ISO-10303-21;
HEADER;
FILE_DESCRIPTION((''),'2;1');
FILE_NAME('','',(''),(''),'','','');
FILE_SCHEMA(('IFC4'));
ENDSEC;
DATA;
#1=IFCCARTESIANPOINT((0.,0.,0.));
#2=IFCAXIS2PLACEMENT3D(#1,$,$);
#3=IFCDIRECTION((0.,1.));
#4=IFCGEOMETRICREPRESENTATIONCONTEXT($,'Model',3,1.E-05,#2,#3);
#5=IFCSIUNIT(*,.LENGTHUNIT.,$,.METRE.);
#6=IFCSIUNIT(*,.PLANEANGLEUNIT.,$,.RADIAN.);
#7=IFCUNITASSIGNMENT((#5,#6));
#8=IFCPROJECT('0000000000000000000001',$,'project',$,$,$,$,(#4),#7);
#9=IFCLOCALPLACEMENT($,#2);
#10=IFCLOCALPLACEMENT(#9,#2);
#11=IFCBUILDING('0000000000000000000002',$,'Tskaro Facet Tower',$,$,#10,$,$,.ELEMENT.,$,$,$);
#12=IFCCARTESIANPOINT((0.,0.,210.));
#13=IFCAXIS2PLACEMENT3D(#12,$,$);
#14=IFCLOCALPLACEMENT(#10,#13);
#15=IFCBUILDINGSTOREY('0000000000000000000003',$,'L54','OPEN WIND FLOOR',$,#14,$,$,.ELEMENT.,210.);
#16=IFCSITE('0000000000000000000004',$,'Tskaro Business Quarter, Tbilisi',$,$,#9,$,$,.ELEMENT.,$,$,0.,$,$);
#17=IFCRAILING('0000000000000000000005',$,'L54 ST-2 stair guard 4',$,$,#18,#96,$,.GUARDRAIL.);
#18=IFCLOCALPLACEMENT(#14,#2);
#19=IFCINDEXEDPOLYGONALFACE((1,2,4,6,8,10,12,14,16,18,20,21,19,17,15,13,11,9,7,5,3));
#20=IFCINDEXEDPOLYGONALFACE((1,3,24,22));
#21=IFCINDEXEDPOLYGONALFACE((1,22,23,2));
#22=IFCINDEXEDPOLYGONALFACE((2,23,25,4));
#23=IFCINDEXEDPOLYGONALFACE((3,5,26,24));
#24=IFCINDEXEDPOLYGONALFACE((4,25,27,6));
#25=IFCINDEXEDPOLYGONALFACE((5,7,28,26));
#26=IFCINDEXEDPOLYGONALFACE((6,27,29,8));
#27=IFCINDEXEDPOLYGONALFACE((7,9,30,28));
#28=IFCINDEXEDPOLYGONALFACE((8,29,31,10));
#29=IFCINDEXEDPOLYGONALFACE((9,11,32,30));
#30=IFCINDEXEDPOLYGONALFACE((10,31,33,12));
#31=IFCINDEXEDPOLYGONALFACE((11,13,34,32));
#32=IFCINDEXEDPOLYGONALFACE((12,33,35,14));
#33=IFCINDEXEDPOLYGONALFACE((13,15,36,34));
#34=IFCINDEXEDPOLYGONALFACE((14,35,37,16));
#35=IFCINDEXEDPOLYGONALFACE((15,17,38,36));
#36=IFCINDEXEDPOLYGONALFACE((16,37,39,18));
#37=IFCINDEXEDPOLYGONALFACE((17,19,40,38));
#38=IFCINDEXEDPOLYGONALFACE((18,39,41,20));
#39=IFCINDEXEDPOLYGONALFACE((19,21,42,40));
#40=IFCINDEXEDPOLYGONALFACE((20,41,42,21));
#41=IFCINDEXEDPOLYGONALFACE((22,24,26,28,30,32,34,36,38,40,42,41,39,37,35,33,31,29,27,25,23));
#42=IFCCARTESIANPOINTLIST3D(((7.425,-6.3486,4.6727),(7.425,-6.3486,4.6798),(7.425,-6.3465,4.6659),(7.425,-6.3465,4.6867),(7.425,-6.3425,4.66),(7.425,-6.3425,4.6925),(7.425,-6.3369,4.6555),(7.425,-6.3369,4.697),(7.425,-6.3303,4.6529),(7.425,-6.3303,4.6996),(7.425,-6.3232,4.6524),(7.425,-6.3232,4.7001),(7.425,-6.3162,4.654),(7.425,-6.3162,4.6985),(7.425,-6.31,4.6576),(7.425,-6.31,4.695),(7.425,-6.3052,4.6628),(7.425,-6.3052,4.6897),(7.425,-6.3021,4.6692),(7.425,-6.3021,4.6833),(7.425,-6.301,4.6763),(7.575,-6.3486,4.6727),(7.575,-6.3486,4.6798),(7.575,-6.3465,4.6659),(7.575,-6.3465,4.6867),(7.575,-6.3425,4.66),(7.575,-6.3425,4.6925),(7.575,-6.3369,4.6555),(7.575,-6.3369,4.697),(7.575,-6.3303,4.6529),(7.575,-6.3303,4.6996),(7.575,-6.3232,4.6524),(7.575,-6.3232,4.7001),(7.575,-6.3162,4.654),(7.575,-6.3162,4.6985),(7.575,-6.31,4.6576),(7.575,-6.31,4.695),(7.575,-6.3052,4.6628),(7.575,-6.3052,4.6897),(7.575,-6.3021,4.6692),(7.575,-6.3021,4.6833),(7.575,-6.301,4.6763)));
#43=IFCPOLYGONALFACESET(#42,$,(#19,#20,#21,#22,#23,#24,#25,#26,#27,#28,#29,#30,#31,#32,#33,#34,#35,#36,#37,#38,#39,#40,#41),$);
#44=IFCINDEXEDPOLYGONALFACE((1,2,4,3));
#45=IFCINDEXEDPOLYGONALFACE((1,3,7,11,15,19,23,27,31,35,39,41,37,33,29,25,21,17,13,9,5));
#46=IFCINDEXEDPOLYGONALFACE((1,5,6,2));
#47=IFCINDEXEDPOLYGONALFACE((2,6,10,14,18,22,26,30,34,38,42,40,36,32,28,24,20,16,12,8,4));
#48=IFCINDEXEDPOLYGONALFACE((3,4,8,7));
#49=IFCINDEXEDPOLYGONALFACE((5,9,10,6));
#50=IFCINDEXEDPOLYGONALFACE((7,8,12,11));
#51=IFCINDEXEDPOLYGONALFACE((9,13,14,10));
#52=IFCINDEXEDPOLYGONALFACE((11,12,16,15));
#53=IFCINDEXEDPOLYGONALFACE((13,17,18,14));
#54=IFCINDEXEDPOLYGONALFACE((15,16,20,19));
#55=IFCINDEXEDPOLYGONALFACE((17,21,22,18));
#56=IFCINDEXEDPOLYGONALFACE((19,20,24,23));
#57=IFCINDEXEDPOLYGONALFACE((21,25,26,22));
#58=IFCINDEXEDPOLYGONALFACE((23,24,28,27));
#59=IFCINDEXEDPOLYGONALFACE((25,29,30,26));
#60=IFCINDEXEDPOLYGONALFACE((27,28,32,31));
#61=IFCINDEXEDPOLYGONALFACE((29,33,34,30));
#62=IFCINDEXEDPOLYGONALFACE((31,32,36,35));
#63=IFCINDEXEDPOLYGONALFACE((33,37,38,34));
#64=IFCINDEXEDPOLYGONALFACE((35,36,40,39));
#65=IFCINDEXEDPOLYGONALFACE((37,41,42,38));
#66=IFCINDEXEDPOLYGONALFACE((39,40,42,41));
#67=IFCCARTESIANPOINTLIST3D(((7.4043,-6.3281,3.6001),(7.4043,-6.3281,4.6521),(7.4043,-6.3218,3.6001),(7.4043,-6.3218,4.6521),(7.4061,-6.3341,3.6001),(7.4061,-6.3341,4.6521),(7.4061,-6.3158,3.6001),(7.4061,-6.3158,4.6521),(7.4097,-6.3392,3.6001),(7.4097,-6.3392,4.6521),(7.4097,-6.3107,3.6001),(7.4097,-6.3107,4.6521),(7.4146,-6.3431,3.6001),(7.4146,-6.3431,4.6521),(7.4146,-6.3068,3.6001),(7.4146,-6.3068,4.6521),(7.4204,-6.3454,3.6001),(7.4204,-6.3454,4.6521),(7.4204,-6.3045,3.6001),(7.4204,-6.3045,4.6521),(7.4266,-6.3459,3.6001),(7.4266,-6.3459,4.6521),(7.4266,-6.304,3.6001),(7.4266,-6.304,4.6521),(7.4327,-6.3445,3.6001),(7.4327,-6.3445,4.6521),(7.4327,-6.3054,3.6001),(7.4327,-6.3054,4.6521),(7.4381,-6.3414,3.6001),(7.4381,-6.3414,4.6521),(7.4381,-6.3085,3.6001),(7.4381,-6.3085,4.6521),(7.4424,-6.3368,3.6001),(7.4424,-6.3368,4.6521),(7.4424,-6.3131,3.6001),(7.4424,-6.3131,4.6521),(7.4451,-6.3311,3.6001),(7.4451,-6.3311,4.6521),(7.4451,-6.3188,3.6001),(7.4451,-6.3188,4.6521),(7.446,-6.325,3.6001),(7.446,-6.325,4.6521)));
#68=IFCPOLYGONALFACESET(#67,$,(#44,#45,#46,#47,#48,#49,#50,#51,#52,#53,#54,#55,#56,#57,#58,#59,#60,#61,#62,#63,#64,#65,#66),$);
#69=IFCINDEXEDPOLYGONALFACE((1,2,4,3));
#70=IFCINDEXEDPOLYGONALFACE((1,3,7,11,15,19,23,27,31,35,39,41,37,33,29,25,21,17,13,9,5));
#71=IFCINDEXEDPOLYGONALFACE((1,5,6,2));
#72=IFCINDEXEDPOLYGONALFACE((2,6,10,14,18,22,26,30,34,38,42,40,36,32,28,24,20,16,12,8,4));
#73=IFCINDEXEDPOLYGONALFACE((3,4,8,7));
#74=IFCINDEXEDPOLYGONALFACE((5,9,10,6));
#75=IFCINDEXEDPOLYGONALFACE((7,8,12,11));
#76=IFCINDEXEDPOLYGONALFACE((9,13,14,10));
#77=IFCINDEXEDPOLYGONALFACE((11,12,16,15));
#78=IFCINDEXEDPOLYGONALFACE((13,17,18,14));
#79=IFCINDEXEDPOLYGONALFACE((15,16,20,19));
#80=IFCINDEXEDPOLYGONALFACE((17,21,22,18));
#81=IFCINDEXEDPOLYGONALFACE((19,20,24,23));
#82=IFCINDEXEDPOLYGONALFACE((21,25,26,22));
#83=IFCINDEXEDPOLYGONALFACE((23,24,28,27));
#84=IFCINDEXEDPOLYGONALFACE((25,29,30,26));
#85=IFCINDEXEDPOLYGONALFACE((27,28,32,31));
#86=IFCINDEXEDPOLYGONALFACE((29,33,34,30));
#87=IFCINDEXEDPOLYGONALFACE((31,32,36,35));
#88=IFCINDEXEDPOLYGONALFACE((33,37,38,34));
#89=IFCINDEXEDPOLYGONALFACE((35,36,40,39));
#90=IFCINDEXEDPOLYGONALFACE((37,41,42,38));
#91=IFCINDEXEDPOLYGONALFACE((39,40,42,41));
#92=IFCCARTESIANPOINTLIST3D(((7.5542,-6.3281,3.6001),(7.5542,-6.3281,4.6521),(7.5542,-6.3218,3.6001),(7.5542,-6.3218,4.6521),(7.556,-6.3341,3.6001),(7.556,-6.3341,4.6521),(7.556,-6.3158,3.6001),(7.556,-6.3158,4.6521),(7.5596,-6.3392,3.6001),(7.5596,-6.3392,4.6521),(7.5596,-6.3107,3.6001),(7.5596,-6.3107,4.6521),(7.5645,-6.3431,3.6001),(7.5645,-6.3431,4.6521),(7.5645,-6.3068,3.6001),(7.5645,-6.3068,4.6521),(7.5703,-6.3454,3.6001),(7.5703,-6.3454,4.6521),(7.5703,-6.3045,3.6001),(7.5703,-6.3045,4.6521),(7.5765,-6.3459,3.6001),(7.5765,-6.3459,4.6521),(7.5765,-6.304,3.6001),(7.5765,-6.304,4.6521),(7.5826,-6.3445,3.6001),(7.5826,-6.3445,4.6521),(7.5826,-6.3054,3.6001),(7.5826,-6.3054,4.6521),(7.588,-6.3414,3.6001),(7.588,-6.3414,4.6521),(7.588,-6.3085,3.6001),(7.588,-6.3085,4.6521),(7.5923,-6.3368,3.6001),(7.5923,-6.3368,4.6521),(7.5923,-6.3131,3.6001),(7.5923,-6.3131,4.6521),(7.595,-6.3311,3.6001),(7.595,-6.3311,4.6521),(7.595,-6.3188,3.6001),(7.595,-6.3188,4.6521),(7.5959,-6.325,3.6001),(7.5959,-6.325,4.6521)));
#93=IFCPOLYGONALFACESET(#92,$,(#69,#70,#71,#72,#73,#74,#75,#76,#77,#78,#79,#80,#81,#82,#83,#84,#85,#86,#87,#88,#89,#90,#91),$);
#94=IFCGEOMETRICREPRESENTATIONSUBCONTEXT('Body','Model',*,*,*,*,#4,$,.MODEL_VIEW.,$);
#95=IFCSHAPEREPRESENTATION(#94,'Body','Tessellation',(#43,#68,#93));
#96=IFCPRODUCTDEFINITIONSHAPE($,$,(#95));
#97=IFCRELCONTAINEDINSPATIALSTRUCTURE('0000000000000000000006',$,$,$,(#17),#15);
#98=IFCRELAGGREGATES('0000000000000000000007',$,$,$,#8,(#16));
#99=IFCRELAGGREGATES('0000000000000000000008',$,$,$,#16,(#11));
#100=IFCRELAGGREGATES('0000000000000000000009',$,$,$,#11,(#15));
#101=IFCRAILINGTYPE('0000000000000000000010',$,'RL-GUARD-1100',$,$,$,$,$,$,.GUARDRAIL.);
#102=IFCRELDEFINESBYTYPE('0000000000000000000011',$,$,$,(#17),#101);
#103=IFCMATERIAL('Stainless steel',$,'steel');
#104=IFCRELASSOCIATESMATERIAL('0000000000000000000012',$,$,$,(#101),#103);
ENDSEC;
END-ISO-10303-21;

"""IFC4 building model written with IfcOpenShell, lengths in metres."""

from ifc_helpers import new_model, si_unit, direction, frame, origin, origin_2d, place, context, subcontext, project, spatial, circle, extrude, material, type_object, element, save


model = new_model("IFC4")

# Units and contexts
model_context = context("Model", 3, precision=1e-05, world=origin(), true_north=direction((0.0, 1.0)))
body_context = subcontext(model_context, "Body", "Model", "MODEL_VIEW")
ifc_project = project(units=[si_unit("LENGTHUNIT", "METRE"), si_unit("PLANEANGLEUNIT", "RADIAN")], contexts=[model_context])

# Site, building, storey
site_placement = place(None, origin())
site = spatial("IfcSite", under=ifc_project, at=site_placement, Name="Tskaro Business Quarter, Tbilisi", CompositionType="ELEMENT", RefElevation=0.0)
building_placement = place(site_placement, origin())
building = spatial("IfcBuilding", under=site, at=building_placement, Name="Tskaro Facet Tower", CompositionType="ELEMENT")
storey_placement = place(building_placement, frame((0.0, 0.0, 210.0)))
storey = spatial("IfcBuildingStorey", under=building, at=storey_placement, Name="L54", Description="OPEN WIND FLOOR", CompositionType="ELEMENT", Elevation=210.0)

# Railing
ifc_material_1 = material(Name="Stainless steel", Category="steel")
railing_type_1 = type_object("IfcRailingType", Name="RL-GUARD-1100", PredefinedType="GUARDRAIL", material=ifc_material_1)
railing_1_placement = place(storey_placement, frame((7.425, -6.325, 3.6001)))
element("IfcRailing", 1, at=railing_1_placement, inside=storey, type_object=railing_type_1, Name="L54 ST-2 stair guard 4", PredefinedType="GUARDRAIL", context=body_context, shape_type="SweptSolid", body=[
    extrude(circle(Radius=0.0239, at=origin_2d()), frame((0.0, 0.0, 1.0762), z_axis=(1.0, 0.0, 0.0), x_axis=(0.0, 1.0, 0.0)), (0.0, 0.0, 1.0), 0.1499),
    extrude(circle(Radius=0.021, at=origin_2d()), origin(), (0.0, 0.0, 1.0), 1.052),
    extrude(circle(Radius=0.021, at=origin_2d()), frame((0.1499, 0.0, 0.0)), (0.0, 0.0, 1.0), 1.052),
])

save(model, "model.ifc")
